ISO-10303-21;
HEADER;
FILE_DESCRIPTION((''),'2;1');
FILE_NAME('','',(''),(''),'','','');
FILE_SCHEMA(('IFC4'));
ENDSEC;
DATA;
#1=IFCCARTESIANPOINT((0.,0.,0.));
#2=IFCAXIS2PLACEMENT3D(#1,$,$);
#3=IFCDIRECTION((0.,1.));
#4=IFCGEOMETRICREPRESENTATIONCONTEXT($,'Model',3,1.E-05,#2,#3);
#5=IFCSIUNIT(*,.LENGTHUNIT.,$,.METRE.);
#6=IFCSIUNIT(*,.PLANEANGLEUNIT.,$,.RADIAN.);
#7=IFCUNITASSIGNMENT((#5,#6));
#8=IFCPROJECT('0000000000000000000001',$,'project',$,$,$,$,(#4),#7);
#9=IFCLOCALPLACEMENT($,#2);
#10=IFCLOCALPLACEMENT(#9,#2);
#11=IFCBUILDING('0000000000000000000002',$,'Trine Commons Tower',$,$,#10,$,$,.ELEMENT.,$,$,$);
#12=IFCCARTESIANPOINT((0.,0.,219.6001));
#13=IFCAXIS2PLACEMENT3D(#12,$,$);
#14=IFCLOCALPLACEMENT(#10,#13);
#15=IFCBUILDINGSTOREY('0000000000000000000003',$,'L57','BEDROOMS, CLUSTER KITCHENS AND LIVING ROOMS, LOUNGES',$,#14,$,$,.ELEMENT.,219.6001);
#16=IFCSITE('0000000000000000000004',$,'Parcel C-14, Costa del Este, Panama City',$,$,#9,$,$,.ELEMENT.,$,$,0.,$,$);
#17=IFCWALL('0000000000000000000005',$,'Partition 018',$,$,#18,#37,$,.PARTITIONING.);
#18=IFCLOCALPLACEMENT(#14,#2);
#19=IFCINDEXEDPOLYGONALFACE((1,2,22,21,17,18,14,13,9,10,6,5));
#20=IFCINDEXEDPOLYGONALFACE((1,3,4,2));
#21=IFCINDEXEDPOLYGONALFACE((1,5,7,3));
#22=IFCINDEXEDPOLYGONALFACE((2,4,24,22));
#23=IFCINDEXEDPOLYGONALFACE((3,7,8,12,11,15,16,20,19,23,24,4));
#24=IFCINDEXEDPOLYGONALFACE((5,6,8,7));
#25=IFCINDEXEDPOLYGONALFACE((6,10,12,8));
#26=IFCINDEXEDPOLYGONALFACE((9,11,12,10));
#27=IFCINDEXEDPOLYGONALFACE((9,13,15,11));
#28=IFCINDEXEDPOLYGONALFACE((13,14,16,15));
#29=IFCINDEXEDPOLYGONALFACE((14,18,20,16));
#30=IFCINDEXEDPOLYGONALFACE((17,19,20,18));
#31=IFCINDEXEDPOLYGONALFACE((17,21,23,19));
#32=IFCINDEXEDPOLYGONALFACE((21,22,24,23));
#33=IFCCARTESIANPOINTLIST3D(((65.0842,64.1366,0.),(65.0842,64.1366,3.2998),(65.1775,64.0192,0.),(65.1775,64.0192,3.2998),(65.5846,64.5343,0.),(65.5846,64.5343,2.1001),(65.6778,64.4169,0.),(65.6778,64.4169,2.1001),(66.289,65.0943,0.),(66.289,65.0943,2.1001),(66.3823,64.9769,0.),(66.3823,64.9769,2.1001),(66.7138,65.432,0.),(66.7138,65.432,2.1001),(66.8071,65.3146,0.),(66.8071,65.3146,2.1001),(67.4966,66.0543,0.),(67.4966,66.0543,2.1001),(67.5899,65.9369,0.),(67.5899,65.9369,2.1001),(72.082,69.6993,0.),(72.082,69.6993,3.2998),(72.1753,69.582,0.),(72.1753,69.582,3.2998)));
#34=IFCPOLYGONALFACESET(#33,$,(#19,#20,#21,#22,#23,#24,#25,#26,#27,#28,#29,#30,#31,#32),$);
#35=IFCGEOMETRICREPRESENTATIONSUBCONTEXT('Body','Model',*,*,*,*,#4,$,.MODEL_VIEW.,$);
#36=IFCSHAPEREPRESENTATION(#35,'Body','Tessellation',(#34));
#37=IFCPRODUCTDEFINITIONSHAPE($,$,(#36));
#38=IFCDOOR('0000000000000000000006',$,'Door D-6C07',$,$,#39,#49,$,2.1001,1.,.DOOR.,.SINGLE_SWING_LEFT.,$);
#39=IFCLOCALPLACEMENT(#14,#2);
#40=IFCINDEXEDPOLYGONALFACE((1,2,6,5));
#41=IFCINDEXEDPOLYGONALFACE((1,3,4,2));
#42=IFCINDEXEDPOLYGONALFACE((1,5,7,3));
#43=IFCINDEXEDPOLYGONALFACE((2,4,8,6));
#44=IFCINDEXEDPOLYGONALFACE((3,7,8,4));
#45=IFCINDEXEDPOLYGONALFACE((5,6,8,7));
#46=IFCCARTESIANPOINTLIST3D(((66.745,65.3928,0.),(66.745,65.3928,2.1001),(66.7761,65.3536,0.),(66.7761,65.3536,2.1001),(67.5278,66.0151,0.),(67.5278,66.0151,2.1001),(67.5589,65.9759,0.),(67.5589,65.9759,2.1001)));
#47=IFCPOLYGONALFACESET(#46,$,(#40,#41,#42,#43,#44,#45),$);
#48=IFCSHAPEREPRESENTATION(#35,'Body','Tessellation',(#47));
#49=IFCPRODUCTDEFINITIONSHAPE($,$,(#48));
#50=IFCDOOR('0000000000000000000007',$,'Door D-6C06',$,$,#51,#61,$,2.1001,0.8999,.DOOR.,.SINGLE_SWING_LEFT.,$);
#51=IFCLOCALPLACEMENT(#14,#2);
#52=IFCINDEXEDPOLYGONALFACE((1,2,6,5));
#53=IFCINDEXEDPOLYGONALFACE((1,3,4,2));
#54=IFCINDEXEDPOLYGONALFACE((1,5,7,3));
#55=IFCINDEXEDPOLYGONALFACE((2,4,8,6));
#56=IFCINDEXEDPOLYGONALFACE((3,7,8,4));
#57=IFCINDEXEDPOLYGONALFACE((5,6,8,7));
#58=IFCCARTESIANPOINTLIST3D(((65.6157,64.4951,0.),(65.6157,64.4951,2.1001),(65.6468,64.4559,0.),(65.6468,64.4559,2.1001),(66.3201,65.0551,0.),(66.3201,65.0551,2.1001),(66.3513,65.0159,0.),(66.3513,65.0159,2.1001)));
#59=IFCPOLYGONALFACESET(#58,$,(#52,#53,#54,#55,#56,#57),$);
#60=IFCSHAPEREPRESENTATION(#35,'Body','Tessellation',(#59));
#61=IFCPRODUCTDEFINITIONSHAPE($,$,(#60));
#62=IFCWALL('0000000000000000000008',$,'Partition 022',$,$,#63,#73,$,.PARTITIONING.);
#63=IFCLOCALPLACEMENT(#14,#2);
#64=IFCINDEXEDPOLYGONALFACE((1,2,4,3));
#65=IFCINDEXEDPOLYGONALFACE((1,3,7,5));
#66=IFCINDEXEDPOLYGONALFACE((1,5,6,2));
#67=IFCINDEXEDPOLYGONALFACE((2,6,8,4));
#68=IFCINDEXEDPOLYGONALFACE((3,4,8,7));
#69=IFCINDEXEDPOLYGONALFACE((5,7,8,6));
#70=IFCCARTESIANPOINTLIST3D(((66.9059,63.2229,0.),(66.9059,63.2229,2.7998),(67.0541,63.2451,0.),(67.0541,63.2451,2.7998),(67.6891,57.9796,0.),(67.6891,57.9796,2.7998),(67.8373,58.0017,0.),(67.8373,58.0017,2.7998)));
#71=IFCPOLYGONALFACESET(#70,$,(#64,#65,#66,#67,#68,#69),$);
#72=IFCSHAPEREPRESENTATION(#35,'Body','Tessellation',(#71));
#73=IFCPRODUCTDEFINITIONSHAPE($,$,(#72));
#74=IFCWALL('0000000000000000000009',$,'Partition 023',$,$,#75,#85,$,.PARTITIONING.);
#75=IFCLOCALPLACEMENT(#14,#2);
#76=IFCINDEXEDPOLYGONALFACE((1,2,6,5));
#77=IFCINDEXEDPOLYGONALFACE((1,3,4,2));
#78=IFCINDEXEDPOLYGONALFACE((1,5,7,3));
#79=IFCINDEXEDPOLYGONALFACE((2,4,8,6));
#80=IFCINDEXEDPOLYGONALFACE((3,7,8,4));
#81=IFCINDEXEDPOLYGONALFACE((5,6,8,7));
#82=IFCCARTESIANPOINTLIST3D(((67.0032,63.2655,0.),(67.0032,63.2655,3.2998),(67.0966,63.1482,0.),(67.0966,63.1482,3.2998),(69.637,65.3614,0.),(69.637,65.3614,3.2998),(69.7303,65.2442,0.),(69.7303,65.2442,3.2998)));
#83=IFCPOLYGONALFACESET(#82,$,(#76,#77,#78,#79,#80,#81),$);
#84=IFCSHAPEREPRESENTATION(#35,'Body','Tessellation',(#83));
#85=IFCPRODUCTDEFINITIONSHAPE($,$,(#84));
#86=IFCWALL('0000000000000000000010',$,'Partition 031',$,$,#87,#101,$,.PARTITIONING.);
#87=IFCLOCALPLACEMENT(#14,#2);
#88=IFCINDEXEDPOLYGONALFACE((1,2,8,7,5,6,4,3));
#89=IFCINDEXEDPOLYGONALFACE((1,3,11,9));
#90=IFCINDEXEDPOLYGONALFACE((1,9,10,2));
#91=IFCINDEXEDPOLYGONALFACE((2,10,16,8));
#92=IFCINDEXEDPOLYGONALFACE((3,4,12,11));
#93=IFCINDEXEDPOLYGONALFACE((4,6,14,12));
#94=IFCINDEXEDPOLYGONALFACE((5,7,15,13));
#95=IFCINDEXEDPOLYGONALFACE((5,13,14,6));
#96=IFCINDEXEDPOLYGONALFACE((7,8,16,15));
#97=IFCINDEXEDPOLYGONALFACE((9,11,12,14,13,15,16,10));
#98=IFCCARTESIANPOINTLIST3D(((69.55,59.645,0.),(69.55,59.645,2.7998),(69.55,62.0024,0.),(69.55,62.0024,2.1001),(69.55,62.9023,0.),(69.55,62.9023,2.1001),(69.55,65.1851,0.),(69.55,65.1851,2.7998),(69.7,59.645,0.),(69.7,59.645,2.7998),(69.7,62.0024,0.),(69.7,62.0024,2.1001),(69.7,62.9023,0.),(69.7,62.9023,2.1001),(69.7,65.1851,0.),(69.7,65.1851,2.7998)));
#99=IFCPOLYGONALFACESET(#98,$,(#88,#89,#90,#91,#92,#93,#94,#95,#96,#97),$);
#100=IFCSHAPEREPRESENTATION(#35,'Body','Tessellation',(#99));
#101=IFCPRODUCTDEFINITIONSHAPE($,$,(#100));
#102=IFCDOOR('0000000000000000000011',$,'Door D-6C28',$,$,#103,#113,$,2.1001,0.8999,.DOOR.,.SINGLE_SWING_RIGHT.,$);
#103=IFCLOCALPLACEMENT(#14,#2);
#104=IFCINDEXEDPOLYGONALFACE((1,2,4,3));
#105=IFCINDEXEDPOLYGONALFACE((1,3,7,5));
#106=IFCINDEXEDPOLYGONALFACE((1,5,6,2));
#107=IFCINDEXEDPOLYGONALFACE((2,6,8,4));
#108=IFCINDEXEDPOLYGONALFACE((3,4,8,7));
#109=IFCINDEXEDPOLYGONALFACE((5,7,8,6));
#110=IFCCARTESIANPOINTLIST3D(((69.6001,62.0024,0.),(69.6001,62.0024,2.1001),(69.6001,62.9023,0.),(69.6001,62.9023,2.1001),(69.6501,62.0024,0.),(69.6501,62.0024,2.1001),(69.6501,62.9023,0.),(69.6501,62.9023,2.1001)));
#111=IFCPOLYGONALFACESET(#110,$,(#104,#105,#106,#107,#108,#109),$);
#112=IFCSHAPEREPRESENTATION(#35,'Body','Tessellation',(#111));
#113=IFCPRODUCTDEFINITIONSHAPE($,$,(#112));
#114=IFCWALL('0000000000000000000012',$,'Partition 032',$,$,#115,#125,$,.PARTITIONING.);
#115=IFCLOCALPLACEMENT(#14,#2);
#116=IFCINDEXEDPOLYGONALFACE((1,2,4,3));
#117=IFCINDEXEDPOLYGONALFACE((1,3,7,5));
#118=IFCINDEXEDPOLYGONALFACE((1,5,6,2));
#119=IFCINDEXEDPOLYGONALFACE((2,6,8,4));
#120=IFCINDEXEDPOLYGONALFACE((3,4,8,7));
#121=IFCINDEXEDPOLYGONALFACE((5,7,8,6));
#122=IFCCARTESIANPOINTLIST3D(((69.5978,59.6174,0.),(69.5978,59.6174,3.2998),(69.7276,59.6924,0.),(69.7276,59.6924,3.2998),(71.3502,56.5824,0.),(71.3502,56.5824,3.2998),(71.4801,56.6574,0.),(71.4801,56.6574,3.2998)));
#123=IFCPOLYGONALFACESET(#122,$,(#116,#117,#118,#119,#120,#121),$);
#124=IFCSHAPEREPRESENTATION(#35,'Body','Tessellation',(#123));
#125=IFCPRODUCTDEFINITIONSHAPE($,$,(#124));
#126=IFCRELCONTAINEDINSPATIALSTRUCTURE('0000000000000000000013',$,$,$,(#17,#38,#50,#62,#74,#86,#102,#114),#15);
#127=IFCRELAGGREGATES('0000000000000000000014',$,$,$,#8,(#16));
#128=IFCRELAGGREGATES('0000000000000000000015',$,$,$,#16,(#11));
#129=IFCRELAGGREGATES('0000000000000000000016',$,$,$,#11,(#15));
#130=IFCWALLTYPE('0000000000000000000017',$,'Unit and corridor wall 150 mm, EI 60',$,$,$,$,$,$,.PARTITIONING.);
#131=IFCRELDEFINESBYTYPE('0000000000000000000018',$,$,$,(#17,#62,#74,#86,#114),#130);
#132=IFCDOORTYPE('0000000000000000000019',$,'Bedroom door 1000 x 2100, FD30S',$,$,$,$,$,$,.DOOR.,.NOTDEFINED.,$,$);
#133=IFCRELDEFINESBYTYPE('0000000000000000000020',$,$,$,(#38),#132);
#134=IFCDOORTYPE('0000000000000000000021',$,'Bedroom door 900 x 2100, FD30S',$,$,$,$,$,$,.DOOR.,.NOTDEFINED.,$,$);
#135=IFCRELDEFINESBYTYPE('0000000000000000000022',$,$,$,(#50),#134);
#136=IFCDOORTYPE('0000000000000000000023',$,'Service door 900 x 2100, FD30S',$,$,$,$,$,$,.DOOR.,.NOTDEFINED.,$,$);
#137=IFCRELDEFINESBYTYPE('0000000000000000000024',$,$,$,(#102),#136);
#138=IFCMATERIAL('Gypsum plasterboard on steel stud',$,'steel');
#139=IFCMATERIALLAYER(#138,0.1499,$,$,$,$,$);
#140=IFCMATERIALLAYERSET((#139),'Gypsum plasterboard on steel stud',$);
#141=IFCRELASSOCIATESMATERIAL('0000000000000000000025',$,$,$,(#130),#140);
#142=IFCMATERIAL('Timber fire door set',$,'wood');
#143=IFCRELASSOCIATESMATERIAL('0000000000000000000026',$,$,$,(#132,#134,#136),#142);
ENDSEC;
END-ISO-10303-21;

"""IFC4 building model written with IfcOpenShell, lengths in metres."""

from ifc_helpers import new_model, si_unit, direction, frame, frame_2d, origin, place, context, subcontext, project, spatial, rectangle, extrude, material, layer, layer_set, type_object, element, fill, save


model = new_model("IFC4")

# Units and contexts
model_context = context("Model", 3, precision=1e-05, world=origin(), true_north=direction((0.0, 1.0)))
body_context = subcontext(model_context, "Body", "Model", "MODEL_VIEW")
ifc_project = project(units=[si_unit("LENGTHUNIT", "METRE"), si_unit("PLANEANGLEUNIT", "RADIAN")], contexts=[model_context])

# Site, building, storey
site_placement = place(None, origin())
site = spatial("IfcSite", under=ifc_project, at=site_placement, Name="Parcel C-14, Costa del Este, Panama City", CompositionType="ELEMENT", RefElevation=0.0)
building_placement = place(site_placement, origin())
building = spatial("IfcBuilding", under=site, at=building_placement, Name="Trine Commons Tower", CompositionType="ELEMENT")
storey_placement = place(building_placement, frame((0.0, 0.0, 219.6001)))
storey = spatial("IfcBuildingStorey", under=building, at=storey_placement, Name="L57", Description="BEDROOMS, CLUSTER KITCHENS AND LIVING ROOMS, LOUNGES", CompositionType="ELEMENT", Elevation=219.6001)

# Shared definitions
ifc_material_1 = material(Name="Gypsum plasterboard on steel stud", Category="steel")
ifc_layer_1 = layer(ifc_material_1, 0.1499)
ifc_layer_set_1 = layer_set([ifc_layer_1], Name="Gypsum plasterboard on steel stud")
wall_type_1 = type_object("IfcWallType", Name="Unit and corridor wall 150 mm, EI 60", PredefinedType="PARTITIONING", material=ifc_layer_set_1)
ifc_material_2 = material(Name="Timber fire door set", Category="wood")

# Wall, openings, doors
wall_1_placement = place(storey_placement, frame((65.1309, 64.0779, 0.0), z_axis=(0.0, 0.0, 1.0), x_axis=(0.782802, 0.622271, 0.0)))
wall_1 = element("IfcWall", 1, at=wall_1_placement, inside=storey, type_object=wall_type_1, Name="Partition 018", PredefinedType="PARTITIONING", context=body_context, shape_type="SweptSolid", body=[
    extrude(rectangle(XDim=8.9395, YDim=0.1499, at=frame_2d((4.4697, 0.0))), origin(), (0.0, 0.0, 1.0), 3.2998),
])
opening_1_placement = place(wall_1_placement, frame((0.6392, 0.0, 0.0)))
opening_1 = element("IfcOpeningElement", 2, at=opening_1_placement, cuts=wall_1, PredefinedType="OPENING", context=body_context, shape_type="SweptSolid", body=[
    extrude(rectangle(XDim=0.8999, YDim=2.1001, at=frame_2d((0.45, 1.05))), frame((0.0, 0.085, 0.0), z_axis=(0.0, -1.0, 0.0), x_axis=(1.0, 0.0, 0.0)), (0.0, 0.0, 1.0), 0.1699),
])
opening_2_placement = place(wall_1_placement, frame((2.0818, 0.0, 0.0)))
opening_2 = element("IfcOpeningElement", 3, at=opening_2_placement, cuts=wall_1, PredefinedType="OPENING", context=body_context, shape_type="SweptSolid", body=[
    extrude(rectangle(XDim=1.0, YDim=2.1001, at=frame_2d((0.5, 1.05))), frame((0.0, 0.085, 0.0), z_axis=(0.0, -1.0, 0.0), x_axis=(1.0, 0.0, 0.0)), (0.0, 0.0, 1.0), 0.1699),
])
door_type_1 = type_object("IfcDoorType", Name="Bedroom door 1000 x 2100, FD30S", OperationType="NOTDEFINED", PredefinedType="DOOR", material=ifc_material_2)
door_1_placement = place(opening_2_placement, origin())
door_1 = element("IfcDoor", 4, at=door_1_placement, inside=storey, type_object=door_type_1, Name="Door D-6C07", OperationType="SINGLE_SWING_LEFT", OverallHeight=2.1001, OverallWidth=1.0, PredefinedType="DOOR", context=body_context, shape_type="SweptSolid", body=[
    extrude(rectangle(XDim=1.0, YDim=2.1001, at=frame_2d((0.5, 1.05))), frame((0.0, 0.0249, 0.0), z_axis=(0.0, -1.0, 0.0), x_axis=(1.0, 0.0, 0.0)), (0.0, 0.0, 1.0), 0.05),
])
fill(opening_2, door_1)
door_type_2 = type_object("IfcDoorType", Name="Bedroom door 900 x 2100, FD30S", OperationType="NOTDEFINED", PredefinedType="DOOR", material=ifc_material_2)
door_2_placement = place(opening_1_placement, origin())
door_2 = element("IfcDoor", 5, at=door_2_placement, inside=storey, type_object=door_type_2, Name="Door D-6C06", OperationType="SINGLE_SWING_LEFT", OverallHeight=2.1001, OverallWidth=0.8999, PredefinedType="DOOR", context=body_context, shape_type="SweptSolid", body=[
    extrude(rectangle(XDim=0.8999, YDim=2.1001, at=frame_2d((0.45, 1.05))), frame((0.0, 0.0249, 0.0), z_axis=(0.0, -1.0, 0.0), x_axis=(1.0, 0.0, 0.0)), (0.0, 0.0, 1.0), 0.05),
])
fill(opening_1, door_2)

# Walls
wall_2_placement = place(storey_placement, frame((66.98, 63.2341, 0.0), z_axis=(0.0, 0.0, 1.0), x_axis=(0.14773, -0.989028, 0.0)))
element("IfcWall", 6, at=wall_2_placement, inside=storey, type_object=wall_type_1, Name="Partition 022", PredefinedType="PARTITIONING", context=body_context, shape_type="SweptSolid", body=[
    extrude(rectangle(XDim=5.3015, YDim=0.1499, at=frame_2d((2.6509, 0.0))), origin(), (0.0, 0.0, 1.0), 2.7998),
])
wall_3_placement = place(storey_placement, frame((67.0498, 63.2068, 0.0), z_axis=(0.0, 0.0, 1.0), x_axis=(0.782473, 0.622685, 0.0)))
element("IfcWall", 7, at=wall_3_placement, inside=storey, type_object=wall_type_1, Name="Partition 023", PredefinedType="PARTITIONING", context=body_context, shape_type="SweptSolid", body=[
    extrude(rectangle(XDim=3.366, YDim=0.1499, at=frame_2d((1.6831, 0.0))), origin(), (0.0, 0.0, 1.0), 3.2998),
])

# Wall, opening, door
wall_4_placement = place(storey_placement, frame((69.625, 59.645, 0.0), z_axis=(0.0, 0.0, 1.0), x_axis=(0.0, 1.0, 0.0)))
wall_4 = element("IfcWall", 8, at=wall_4_placement, inside=storey, type_object=wall_type_1, Name="Partition 031", PredefinedType="PARTITIONING", context=body_context, shape_type="SweptSolid", body=[
    extrude(rectangle(XDim=5.54, YDim=0.1499, at=frame_2d((2.77, 0.0))), origin(), (0.0, 0.0, 1.0), 2.7998),
])
opening_3_placement = place(wall_4_placement, frame((2.3574, 0.0, 0.0)))
opening_3 = element("IfcOpeningElement", 9, at=opening_3_placement, cuts=wall_4, PredefinedType="OPENING", context=body_context, shape_type="SweptSolid", body=[
    extrude(rectangle(XDim=0.8999, YDim=2.1001, at=frame_2d((0.45, 1.05))), frame((0.0, 0.085, 0.0), z_axis=(0.0, -1.0, 0.0), x_axis=(1.0, 0.0, 0.0)), (0.0, 0.0, 1.0), 0.1699),
])
door_type_3 = type_object("IfcDoorType", Name="Service door 900 x 2100, FD30S", OperationType="NOTDEFINED", PredefinedType="DOOR", material=ifc_material_2)
door_3_placement = place(opening_3_placement, origin())
door_3 = element("IfcDoor", 10, at=door_3_placement, inside=storey, type_object=door_type_3, Name="Door D-6C28", OperationType="SINGLE_SWING_RIGHT", OverallHeight=2.1001, OverallWidth=0.8999, PredefinedType="DOOR", context=body_context, shape_type="SweptSolid", body=[
    extrude(rectangle(XDim=0.8999, YDim=2.1001, at=frame_2d((0.45, 1.05))), frame((0.0, 0.0249, 0.0), z_axis=(0.0, -1.0, 0.0), x_axis=(1.0, 0.0, 0.0)), (0.0, 0.0, 1.0), 0.05),
])
fill(opening_3, door_3)

# Wall
wall_5_placement = place(storey_placement, frame((69.6626, 59.655, 0.0), z_axis=(0.0, 0.0, 1.0), x_axis=(0.50005, -0.865996, 0.0)))
element("IfcWall", 11, at=wall_5_placement, inside=storey, type_object=wall_type_1, Name="Partition 032", PredefinedType="PARTITIONING", context=body_context, shape_type="SweptSolid", body=[
    extrude(rectangle(XDim=3.5046, YDim=0.1499, at=frame_2d((1.7524, 0.0))), origin(), (0.0, 0.0, 1.0), 3.2998),
])

save(model, "model.ifc")
